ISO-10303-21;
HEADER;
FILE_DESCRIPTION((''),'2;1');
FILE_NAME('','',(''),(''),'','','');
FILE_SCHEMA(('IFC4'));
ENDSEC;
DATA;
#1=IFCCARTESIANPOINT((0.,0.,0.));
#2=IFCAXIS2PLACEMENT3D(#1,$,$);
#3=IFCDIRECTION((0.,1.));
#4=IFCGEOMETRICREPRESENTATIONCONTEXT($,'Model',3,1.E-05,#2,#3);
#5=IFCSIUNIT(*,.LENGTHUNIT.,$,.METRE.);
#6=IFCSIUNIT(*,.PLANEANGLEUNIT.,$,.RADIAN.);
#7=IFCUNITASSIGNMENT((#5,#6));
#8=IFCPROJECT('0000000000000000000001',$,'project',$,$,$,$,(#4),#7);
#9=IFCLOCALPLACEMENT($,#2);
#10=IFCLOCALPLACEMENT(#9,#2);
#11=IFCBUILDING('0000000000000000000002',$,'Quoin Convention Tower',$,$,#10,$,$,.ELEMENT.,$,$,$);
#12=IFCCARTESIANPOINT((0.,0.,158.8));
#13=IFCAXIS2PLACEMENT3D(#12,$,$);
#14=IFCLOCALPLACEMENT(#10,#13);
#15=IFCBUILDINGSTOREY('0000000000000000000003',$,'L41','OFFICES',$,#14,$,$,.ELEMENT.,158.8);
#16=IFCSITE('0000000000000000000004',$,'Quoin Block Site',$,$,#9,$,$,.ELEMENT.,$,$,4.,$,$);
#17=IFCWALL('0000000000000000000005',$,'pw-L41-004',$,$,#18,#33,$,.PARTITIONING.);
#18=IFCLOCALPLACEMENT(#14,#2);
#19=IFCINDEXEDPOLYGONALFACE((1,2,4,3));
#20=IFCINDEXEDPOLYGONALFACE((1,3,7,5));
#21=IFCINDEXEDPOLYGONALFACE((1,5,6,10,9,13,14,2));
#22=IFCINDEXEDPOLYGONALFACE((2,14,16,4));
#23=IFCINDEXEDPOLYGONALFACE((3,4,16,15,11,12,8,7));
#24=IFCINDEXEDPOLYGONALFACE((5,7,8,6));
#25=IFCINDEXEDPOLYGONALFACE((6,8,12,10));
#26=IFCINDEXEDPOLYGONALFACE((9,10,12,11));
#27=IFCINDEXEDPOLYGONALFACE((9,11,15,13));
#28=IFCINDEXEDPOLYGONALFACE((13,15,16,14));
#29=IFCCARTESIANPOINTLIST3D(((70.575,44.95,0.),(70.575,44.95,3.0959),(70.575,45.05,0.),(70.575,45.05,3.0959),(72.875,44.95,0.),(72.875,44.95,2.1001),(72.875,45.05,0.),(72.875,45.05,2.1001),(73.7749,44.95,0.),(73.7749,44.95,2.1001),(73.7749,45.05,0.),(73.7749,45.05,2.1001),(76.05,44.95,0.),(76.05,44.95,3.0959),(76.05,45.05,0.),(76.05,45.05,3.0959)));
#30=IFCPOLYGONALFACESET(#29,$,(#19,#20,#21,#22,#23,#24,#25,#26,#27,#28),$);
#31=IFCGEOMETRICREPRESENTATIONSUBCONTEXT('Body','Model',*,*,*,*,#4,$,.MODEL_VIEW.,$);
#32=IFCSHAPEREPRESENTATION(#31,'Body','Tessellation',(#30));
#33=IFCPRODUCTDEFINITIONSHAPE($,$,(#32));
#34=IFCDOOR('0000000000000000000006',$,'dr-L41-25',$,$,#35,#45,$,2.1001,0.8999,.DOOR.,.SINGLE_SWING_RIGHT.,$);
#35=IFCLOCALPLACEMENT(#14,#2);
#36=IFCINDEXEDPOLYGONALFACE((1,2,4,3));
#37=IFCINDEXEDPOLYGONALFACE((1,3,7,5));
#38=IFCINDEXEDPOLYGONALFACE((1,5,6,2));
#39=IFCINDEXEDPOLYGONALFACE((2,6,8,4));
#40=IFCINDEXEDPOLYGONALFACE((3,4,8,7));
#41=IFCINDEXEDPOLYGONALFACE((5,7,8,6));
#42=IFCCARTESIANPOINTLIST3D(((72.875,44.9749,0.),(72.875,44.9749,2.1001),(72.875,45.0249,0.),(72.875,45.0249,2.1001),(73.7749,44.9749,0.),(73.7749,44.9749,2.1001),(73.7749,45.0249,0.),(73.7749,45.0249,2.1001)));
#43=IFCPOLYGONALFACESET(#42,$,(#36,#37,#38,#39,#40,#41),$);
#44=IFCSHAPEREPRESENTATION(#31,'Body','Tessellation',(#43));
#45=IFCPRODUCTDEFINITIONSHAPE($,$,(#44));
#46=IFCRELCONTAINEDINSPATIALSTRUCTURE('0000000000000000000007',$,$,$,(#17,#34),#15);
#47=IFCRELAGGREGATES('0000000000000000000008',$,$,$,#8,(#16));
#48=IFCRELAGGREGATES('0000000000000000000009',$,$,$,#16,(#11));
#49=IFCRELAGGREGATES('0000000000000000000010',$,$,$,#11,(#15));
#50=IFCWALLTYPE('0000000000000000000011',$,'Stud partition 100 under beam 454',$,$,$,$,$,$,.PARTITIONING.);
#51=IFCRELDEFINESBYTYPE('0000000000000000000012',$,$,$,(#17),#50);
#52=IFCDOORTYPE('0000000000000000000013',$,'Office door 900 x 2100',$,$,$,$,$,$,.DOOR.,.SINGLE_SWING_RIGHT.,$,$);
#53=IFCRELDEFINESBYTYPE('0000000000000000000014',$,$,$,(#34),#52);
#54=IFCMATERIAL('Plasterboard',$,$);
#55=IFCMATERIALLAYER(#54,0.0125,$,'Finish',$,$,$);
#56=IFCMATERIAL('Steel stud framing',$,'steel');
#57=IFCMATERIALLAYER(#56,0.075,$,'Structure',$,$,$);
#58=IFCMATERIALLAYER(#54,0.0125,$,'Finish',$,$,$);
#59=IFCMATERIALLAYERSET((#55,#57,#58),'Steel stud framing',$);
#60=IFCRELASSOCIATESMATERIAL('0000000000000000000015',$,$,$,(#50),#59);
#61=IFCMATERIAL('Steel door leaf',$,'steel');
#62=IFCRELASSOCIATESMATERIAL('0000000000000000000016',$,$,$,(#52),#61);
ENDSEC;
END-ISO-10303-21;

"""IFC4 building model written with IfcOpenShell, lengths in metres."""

from ifc_helpers import new_model, si_unit, direction, frame, frame_2d, origin, place, context, subcontext, project, spatial, rectangle, extrude, material, layer, layer_set, type_object, element, fill, save


model = new_model("IFC4")

# Units and contexts
model_context = context("Model", 3, precision=1e-05, world=origin(), true_north=direction((0.0, 1.0)))
body_context = subcontext(model_context, "Body", "Model", "MODEL_VIEW")
ifc_project = project(units=[si_unit("LENGTHUNIT", "METRE"), si_unit("PLANEANGLEUNIT", "RADIAN")], contexts=[model_context])

# Site, building, storey
site_placement = place(None, origin())
site = spatial("IfcSite", under=ifc_project, at=site_placement, Name="Quoin Block Site", CompositionType="ELEMENT", RefElevation=4.0)
building_placement = place(site_placement, origin())
building = spatial("IfcBuilding", under=site, at=building_placement, Name="Quoin Convention Tower", CompositionType="ELEMENT")
storey_placement = place(building_placement, frame((0.0, 0.0, 158.8)))
storey = spatial("IfcBuildingStorey", under=building, at=storey_placement, Name="L41", Description="OFFICES", CompositionType="ELEMENT", Elevation=158.8)

# Shared definitions
ifc_material_1 = material(Name="Plasterboard")
ifc_material_2 = material(Name="Steel stud framing", Category="steel")

# Wall, opening, door
ifc_material_3 = material(Name="Steel door leaf", Category="steel")
ifc_layer_1 = layer(ifc_material_1, 0.0125, Name="Finish")
ifc_layer_2 = layer(ifc_material_2, 0.075, Name="Structure")
ifc_layer_3 = layer(ifc_material_1, 0.0125, Name="Finish")
ifc_layer_set_1 = layer_set([ifc_layer_1, ifc_layer_2, ifc_layer_3], Name="Steel stud framing")
wall_type_1 = type_object("IfcWallType", Name="Stud partition 100 under beam 454", PredefinedType="PARTITIONING", material=ifc_layer_set_1)
wall_1_placement = place(storey_placement, frame((70.575, 45.0, 0.0), z_axis=(0.0, 0.0, 1.0), x_axis=(1.0, 0.0, 0.0)))
wall_1 = element("IfcWall", 1, at=wall_1_placement, inside=storey, type_object=wall_type_1, Name="pw-L41-004", PredefinedType="PARTITIONING", context=body_context, shape_type="SweptSolid", body=[
    extrude(rectangle(XDim=5.4751, YDim=0.1001, at=frame_2d((2.7375, 0.0))), origin(), (0.0, 0.0, 1.0), 3.0959),
])
opening_1_placement = place(wall_1_placement, frame((2.3, 0.0, 0.0)))
opening_1 = element("IfcOpeningElement", 2, at=opening_1_placement, cuts=wall_1, PredefinedType="OPENING", context=body_context, shape_type="SweptSolid", body=[
    extrude(rectangle(XDim=0.8999, YDim=2.1001, at=frame_2d((0.45, 1.05))), frame((0.0, 0.0601, 0.0), z_axis=(0.0, -1.0, 0.0), x_axis=(1.0, 0.0, 0.0)), (0.0, 0.0, 1.0), 0.1201),
])
door_type_1 = type_object("IfcDoorType", Name="Office door 900 x 2100", OperationType="SINGLE_SWING_RIGHT", PredefinedType="DOOR", material=ifc_material_3)
door_1_placement = place(opening_1_placement, origin())
door_1 = element("IfcDoor", 3, at=door_1_placement, inside=storey, type_object=door_type_1, Name="dr-L41-25", OperationType="SINGLE_SWING_RIGHT", OverallHeight=2.1001, OverallWidth=0.8999, PredefinedType="DOOR", context=body_context, shape_type="SweptSolid", body=[
    extrude(rectangle(XDim=0.8999, YDim=2.1001, at=frame_2d((0.45, 1.05))), frame((0.0, 0.0249, 0.0), z_axis=(0.0, -1.0, 0.0), x_axis=(1.0, 0.0, 0.0)), (0.0, 0.0, 1.0), 0.05),
])
fill(opening_1, door_1)

save(model, "model.ifc")
